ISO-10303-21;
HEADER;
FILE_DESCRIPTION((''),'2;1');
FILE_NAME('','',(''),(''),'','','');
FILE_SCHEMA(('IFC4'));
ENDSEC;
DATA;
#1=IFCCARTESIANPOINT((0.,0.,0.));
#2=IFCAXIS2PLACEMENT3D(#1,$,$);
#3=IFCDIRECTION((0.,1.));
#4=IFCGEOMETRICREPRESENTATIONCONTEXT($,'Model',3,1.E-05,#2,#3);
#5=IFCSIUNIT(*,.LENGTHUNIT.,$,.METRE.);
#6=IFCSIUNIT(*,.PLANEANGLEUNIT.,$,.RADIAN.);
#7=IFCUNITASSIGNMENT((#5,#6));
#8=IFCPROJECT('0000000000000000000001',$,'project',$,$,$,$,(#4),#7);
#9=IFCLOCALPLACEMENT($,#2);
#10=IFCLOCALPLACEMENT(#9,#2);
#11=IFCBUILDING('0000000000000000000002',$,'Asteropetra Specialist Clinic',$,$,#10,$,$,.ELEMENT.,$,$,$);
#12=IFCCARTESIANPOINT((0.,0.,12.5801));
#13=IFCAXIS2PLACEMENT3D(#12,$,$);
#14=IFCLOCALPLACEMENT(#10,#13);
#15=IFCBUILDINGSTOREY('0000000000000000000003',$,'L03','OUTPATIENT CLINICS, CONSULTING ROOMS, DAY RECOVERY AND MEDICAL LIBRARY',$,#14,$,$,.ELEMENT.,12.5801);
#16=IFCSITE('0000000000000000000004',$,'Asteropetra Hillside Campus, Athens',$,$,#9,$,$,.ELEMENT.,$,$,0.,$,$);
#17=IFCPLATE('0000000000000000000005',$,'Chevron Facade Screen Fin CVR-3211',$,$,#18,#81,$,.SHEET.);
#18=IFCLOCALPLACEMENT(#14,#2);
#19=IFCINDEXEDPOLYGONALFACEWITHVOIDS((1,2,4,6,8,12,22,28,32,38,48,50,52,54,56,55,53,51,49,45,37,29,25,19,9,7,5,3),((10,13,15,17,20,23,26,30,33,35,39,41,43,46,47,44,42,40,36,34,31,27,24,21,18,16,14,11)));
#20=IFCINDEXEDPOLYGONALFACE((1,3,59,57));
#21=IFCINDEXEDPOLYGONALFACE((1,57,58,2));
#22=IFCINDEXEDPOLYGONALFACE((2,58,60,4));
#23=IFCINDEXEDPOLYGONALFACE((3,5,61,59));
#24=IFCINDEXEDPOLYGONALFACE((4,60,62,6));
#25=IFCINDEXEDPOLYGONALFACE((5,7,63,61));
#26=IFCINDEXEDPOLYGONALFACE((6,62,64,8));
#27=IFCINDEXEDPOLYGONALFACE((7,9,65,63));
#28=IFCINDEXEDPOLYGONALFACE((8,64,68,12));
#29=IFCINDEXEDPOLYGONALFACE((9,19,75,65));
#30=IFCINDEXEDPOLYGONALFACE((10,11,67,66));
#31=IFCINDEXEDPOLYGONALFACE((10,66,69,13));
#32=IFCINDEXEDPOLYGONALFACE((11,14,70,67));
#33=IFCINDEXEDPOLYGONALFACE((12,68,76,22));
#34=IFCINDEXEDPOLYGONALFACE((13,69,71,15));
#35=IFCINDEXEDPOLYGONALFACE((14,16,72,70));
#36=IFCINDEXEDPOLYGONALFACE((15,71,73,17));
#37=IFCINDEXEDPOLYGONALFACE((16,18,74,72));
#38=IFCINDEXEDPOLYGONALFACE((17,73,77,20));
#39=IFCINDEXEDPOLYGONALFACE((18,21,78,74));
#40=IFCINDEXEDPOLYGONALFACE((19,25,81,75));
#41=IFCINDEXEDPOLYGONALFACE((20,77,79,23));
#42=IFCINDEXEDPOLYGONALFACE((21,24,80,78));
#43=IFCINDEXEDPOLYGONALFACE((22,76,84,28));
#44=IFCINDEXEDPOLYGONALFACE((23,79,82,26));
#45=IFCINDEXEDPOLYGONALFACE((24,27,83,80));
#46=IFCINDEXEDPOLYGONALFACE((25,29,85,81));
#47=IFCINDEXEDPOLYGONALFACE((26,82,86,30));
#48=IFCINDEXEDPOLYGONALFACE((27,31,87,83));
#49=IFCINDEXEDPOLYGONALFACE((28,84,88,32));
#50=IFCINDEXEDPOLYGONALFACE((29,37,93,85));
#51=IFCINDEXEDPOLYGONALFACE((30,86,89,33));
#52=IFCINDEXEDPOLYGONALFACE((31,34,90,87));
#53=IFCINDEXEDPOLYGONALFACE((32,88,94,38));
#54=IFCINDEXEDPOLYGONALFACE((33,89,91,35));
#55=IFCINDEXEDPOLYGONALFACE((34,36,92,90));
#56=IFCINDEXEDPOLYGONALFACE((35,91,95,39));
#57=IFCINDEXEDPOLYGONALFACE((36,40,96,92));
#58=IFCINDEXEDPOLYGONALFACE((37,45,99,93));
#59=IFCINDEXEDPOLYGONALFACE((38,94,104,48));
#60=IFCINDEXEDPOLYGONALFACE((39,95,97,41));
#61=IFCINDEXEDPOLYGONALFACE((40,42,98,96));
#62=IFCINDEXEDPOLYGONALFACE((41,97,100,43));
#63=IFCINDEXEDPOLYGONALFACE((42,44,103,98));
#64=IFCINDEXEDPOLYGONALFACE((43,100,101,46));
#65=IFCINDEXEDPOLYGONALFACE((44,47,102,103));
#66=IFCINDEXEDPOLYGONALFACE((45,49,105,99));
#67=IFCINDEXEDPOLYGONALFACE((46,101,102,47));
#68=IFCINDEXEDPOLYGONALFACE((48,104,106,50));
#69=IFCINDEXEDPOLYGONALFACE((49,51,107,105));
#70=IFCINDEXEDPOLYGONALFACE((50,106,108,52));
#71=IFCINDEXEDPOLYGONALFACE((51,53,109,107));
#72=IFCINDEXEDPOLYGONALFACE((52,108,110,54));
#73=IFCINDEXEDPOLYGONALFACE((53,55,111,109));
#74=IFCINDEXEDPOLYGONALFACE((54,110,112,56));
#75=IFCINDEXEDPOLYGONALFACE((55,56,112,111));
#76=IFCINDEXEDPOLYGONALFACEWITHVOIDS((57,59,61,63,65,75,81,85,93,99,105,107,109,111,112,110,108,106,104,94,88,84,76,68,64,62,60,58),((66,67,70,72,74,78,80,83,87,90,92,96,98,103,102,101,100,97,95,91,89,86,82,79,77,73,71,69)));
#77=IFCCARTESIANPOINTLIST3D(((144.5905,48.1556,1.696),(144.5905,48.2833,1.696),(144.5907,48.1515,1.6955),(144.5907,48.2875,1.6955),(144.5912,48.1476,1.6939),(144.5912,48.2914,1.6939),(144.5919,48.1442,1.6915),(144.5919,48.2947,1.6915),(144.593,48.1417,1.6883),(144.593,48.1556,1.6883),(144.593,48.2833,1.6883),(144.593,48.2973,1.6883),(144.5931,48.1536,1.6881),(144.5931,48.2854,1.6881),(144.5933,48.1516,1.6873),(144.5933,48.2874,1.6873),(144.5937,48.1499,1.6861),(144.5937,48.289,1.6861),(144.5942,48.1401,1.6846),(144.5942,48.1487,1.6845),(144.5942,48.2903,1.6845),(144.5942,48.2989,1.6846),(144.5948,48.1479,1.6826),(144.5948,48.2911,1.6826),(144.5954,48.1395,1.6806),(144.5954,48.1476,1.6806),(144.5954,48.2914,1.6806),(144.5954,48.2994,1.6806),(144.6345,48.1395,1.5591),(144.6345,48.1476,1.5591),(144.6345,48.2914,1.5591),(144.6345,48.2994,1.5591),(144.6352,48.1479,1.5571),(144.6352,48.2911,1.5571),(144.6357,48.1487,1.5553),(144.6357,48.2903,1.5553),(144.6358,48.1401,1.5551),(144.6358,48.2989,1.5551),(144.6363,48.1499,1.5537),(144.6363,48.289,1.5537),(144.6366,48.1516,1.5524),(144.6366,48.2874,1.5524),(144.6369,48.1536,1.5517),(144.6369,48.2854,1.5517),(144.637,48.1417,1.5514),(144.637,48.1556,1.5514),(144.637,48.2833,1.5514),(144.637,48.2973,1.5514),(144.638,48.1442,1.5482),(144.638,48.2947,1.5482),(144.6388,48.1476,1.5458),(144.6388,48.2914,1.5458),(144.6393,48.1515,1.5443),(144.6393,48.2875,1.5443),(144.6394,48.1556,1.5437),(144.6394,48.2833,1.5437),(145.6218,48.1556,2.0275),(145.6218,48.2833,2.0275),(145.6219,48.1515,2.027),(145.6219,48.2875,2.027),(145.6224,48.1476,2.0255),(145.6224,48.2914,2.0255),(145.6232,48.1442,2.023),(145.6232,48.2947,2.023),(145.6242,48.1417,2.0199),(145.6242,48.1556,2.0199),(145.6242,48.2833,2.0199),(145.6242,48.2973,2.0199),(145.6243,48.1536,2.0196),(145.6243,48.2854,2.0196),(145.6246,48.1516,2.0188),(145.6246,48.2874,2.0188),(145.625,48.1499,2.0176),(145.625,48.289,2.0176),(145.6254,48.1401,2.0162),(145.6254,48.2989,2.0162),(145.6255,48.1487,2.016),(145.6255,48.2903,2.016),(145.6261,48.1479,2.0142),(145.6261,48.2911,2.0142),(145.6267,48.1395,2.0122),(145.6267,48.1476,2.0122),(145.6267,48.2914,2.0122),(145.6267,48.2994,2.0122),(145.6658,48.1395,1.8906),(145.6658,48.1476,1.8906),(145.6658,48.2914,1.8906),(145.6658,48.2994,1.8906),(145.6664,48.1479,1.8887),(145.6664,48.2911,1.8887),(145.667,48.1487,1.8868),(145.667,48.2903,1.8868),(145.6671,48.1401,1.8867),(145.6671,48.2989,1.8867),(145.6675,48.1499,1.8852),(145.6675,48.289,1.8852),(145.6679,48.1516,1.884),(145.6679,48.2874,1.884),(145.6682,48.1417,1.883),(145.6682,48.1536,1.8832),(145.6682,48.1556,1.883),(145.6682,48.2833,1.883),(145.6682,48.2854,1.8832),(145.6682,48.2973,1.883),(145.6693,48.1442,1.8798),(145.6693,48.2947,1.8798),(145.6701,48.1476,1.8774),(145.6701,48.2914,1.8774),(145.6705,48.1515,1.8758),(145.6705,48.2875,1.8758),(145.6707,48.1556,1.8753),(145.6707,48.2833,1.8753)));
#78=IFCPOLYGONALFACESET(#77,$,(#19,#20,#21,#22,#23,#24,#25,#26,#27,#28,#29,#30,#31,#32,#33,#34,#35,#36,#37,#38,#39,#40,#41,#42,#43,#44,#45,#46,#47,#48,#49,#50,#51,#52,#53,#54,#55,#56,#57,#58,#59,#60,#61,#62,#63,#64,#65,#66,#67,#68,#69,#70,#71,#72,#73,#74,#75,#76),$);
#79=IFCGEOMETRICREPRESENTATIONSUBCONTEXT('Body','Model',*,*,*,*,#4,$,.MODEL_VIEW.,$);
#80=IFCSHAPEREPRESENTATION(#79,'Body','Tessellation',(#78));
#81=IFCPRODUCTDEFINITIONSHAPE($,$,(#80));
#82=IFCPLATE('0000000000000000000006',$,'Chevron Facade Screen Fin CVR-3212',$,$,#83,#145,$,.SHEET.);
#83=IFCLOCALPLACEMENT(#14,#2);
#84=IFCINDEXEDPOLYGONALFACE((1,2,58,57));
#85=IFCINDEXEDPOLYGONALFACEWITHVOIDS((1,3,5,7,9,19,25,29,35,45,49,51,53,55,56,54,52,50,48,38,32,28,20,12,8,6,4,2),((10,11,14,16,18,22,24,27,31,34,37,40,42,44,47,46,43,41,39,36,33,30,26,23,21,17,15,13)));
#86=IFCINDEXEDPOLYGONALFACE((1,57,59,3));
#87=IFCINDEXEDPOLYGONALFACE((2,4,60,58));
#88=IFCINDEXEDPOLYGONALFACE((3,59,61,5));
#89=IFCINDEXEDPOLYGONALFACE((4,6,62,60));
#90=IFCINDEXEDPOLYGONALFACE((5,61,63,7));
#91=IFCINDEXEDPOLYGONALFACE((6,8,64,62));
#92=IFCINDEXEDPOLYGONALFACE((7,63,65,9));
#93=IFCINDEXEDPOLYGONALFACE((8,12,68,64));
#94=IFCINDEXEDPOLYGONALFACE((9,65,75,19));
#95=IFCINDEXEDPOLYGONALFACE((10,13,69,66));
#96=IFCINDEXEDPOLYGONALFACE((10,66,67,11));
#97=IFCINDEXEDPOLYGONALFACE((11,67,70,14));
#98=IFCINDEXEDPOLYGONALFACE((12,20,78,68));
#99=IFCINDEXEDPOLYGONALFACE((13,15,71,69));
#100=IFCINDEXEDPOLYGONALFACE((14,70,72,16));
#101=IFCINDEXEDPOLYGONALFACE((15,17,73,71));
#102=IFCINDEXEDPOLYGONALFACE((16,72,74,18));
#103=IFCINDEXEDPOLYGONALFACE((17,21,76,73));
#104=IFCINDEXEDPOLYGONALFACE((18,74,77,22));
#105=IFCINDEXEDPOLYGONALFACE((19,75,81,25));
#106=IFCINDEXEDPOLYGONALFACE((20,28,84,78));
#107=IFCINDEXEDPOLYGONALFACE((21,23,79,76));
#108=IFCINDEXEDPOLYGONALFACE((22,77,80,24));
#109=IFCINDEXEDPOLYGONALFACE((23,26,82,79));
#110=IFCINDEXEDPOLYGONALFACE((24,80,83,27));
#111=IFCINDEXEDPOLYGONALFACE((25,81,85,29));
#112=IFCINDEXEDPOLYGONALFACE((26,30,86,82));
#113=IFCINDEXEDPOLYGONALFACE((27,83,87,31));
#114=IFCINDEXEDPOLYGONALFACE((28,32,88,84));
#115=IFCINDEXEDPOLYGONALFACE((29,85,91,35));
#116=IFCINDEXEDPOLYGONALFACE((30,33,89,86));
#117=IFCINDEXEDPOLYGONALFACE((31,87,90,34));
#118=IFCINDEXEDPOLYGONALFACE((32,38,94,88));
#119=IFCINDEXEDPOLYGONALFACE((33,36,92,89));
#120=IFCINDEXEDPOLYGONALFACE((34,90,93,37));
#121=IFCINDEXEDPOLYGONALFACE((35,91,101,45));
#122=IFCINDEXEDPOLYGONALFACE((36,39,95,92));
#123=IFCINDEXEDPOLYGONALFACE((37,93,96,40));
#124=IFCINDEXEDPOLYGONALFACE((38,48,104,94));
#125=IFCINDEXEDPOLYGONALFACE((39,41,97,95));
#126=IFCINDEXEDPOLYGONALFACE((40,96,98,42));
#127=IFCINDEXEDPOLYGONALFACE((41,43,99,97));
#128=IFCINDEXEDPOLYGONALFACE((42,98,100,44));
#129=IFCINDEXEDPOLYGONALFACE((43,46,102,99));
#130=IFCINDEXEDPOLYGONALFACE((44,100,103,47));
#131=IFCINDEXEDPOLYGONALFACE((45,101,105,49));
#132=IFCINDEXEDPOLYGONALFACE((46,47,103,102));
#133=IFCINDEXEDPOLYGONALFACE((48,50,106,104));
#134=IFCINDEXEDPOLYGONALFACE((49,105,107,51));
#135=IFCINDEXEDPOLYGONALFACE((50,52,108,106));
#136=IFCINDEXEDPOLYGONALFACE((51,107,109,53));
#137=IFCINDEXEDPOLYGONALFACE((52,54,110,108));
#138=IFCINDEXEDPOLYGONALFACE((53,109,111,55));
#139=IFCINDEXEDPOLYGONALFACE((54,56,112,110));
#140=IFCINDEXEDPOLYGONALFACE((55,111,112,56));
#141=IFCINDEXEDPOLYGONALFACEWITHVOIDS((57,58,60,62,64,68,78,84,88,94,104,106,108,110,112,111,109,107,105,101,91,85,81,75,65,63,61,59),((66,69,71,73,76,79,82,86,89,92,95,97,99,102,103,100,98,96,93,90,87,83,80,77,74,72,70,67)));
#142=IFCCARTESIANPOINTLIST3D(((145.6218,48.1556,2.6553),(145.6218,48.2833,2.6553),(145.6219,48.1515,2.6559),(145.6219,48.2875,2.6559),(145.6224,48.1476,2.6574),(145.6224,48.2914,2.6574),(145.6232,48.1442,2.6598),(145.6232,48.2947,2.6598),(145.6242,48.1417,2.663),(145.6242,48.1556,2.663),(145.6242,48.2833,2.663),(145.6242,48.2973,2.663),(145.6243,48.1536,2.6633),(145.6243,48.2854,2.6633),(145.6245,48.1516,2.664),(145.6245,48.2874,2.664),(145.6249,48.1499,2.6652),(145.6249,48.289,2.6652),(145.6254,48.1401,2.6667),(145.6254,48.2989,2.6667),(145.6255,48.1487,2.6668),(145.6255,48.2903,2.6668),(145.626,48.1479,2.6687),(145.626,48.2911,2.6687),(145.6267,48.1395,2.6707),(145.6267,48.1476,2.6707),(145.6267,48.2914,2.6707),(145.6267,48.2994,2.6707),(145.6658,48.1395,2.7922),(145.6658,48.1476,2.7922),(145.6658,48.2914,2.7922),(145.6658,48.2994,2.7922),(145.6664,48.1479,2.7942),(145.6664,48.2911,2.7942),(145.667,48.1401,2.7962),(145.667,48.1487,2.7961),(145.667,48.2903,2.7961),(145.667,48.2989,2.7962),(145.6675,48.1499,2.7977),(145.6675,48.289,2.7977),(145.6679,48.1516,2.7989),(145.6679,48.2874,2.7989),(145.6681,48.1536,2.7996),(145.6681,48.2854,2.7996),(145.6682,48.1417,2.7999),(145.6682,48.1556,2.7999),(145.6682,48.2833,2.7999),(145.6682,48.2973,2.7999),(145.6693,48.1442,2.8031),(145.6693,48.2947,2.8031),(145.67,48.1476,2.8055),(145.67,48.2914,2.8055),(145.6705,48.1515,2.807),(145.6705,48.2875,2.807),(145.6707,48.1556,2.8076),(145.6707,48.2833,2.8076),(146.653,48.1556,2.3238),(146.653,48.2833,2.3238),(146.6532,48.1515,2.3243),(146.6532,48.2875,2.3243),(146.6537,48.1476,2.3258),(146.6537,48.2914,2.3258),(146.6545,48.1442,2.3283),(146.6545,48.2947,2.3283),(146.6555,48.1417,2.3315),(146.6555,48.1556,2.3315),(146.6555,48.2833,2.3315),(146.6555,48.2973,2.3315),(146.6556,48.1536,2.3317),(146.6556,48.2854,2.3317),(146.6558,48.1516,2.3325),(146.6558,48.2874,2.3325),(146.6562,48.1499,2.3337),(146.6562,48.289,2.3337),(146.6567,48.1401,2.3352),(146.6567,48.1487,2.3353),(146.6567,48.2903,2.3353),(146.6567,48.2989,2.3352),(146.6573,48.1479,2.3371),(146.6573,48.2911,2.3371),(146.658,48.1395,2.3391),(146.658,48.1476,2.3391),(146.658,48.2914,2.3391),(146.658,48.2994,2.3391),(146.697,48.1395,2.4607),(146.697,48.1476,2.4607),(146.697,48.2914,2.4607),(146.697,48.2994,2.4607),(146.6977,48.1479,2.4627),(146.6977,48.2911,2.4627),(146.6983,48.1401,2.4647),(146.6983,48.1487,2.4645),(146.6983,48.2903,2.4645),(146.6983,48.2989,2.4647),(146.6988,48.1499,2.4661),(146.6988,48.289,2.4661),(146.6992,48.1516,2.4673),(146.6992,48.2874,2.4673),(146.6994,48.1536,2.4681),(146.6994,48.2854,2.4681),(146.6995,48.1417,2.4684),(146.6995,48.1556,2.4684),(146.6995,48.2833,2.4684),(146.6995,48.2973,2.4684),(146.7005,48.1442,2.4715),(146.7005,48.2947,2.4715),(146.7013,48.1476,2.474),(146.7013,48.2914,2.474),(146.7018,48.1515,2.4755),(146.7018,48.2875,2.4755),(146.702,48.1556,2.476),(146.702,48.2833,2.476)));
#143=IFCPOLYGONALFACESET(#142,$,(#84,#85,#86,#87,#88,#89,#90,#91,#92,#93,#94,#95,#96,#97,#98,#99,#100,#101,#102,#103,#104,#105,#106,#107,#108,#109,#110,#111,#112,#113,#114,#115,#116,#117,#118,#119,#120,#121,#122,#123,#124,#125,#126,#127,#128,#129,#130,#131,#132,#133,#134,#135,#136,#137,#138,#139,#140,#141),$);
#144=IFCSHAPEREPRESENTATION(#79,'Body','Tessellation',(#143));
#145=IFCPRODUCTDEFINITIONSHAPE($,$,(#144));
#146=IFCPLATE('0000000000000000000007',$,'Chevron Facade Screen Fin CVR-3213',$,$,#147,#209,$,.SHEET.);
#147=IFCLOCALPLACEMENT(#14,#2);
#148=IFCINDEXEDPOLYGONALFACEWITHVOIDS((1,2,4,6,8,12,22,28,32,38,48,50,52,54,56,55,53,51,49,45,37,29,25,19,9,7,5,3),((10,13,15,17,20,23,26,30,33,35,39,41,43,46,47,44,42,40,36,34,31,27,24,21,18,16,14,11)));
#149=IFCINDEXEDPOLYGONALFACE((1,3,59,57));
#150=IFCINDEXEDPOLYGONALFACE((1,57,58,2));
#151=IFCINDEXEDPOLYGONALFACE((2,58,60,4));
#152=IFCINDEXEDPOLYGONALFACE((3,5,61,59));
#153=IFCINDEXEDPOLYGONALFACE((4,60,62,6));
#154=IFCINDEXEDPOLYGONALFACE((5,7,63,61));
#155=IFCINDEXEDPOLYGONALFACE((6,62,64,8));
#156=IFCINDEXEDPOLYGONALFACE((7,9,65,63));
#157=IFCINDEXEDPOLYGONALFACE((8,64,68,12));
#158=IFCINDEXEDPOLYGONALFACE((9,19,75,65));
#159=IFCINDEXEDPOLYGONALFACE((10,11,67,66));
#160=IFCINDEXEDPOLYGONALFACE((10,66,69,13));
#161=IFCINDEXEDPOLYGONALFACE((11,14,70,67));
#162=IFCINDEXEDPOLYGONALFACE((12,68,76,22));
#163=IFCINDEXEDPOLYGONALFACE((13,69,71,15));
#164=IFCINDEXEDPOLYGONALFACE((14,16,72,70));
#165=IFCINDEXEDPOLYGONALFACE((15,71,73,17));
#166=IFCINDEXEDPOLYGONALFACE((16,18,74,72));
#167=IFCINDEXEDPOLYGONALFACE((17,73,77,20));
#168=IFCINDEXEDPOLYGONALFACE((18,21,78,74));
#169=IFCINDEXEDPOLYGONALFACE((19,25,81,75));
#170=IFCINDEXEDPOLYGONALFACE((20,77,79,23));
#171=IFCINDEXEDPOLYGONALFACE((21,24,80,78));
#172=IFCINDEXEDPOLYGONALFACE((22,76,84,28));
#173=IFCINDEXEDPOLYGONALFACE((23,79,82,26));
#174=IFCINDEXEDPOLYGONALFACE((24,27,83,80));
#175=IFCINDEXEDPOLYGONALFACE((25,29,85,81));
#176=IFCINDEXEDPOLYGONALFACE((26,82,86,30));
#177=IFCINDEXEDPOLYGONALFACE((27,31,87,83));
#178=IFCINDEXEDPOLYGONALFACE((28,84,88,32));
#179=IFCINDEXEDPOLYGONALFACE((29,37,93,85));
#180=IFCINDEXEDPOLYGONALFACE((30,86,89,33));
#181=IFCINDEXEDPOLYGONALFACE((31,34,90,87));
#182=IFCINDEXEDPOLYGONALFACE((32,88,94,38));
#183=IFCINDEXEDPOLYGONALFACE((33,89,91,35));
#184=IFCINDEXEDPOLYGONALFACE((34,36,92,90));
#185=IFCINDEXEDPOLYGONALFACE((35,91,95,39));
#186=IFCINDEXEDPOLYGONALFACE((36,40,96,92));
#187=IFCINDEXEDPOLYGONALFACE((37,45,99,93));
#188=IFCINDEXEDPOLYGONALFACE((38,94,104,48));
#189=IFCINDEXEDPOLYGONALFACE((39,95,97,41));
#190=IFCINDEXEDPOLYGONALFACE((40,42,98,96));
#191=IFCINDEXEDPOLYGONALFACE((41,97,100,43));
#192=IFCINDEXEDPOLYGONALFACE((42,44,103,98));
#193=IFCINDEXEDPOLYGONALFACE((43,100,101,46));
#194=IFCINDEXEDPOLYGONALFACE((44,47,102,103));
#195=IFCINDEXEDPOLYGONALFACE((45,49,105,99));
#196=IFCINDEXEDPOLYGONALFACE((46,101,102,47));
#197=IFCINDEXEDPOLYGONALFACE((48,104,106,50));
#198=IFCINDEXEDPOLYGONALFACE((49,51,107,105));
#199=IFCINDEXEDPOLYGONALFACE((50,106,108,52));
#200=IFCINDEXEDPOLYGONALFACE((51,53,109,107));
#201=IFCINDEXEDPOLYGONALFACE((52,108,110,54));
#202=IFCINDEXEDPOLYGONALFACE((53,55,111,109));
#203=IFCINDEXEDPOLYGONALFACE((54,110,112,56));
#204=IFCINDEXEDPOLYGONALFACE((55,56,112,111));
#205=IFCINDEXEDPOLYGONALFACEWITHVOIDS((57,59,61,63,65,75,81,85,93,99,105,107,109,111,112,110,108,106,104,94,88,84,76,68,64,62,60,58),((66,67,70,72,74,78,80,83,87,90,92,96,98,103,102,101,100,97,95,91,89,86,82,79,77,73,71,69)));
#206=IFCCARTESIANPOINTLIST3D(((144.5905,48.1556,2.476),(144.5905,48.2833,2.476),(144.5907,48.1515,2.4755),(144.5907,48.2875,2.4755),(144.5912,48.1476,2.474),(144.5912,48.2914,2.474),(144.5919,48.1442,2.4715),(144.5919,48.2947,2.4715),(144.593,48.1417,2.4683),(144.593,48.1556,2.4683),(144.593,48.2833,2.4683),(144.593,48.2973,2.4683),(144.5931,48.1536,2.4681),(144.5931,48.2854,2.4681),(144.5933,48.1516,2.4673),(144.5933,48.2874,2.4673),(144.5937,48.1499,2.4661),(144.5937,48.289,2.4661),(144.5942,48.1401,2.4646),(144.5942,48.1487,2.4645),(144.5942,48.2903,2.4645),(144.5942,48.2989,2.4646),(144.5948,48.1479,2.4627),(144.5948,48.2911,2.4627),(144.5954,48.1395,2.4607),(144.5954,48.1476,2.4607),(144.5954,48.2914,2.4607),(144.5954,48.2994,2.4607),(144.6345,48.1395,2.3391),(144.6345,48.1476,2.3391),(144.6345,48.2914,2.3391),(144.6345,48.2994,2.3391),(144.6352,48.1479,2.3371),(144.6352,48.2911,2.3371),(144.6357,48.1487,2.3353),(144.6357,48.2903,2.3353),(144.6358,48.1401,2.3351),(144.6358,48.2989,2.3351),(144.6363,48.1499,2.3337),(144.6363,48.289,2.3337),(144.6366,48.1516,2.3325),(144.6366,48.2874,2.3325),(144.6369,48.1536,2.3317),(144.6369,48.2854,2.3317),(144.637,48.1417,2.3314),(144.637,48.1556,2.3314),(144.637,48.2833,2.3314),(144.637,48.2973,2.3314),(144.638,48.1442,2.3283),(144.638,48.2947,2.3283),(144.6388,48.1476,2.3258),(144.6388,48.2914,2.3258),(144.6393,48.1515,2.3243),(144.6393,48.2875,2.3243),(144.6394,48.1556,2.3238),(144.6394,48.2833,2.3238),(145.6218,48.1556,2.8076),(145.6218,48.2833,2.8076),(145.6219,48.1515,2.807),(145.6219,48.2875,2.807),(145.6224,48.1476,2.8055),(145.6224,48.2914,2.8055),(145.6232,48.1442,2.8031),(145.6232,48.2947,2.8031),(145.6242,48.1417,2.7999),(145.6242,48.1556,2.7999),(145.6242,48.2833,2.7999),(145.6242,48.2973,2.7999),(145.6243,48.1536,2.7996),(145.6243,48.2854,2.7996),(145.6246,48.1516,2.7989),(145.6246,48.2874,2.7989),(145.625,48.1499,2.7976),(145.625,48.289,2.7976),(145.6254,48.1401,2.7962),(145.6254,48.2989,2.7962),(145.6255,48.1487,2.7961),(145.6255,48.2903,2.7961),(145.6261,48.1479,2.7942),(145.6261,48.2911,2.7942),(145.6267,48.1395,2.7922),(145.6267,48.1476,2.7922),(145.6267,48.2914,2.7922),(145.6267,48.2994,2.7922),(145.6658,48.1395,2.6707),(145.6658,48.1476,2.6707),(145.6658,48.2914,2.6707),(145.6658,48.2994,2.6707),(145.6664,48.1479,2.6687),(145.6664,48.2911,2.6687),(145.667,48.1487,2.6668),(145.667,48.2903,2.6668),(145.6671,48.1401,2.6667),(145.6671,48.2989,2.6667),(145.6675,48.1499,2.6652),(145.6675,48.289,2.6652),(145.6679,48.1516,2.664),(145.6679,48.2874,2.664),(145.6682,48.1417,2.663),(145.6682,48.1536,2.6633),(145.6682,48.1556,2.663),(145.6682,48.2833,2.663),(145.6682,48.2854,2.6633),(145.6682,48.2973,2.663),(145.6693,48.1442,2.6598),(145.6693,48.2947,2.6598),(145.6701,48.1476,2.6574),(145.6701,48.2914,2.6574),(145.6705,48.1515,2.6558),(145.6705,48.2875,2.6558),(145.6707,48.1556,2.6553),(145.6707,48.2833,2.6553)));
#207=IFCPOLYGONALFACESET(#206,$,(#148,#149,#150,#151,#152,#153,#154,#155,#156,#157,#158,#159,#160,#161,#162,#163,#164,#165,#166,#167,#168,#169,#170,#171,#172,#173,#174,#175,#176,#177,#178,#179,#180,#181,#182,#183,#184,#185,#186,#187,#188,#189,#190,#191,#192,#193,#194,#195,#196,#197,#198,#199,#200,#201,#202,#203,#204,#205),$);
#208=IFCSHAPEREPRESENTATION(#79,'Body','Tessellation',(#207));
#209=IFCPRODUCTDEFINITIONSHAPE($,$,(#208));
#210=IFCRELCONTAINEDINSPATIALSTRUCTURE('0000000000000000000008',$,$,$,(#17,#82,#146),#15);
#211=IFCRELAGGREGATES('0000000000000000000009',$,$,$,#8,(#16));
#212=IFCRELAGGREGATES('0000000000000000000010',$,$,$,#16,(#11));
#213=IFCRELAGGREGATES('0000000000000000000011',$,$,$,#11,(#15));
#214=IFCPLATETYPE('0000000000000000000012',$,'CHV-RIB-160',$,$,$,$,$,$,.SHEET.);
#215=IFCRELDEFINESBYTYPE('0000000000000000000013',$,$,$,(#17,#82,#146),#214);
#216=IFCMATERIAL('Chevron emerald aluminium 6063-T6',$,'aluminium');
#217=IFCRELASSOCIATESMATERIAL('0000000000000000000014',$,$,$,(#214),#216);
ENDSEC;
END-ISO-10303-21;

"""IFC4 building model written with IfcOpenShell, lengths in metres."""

from ifc_helpers import new_model, si_unit, direction, frame, origin, origin_2d, place, context, subcontext, project, spatial, hollow_rectangle, extrude, material, material_profile, profile_set, type_object, element, save


model = new_model("IFC4")

# Units and contexts
model_context = context("Model", 3, precision=1e-05, world=origin(), true_north=direction((0.0, 1.0)))
body_context = subcontext(model_context, "Body", "Model", "MODEL_VIEW")
ifc_project = project(units=[si_unit("LENGTHUNIT", "METRE"), si_unit("PLANEANGLEUNIT", "RADIAN")], contexts=[model_context])

# Site, building, storey
site_placement = place(None, origin())
site = spatial("IfcSite", under=ifc_project, at=site_placement, Name="Asteropetra Hillside Campus, Athens", CompositionType="ELEMENT", RefElevation=0.0)
building_placement = place(site_placement, origin())
building = spatial("IfcBuilding", under=site, at=building_placement, Name="Asteropetra Specialist Clinic", CompositionType="ELEMENT")
storey_placement = place(building_placement, frame((0.0, 0.0, 12.5801)))
storey = spatial("IfcBuildingStorey", under=building, at=storey_placement, Name="L03", Description="OUTPATIENT CLINICS, CONSULTING ROOMS, DAY RECOVERY AND MEDICAL LIBRARY", CompositionType="ELEMENT", Elevation=12.5801)

# Plates
ifc_material_1 = material(Name="Chevron emerald aluminium 6063-T6", Category="aluminium")
ifc_material_profile = material_profile(ifc_material_1, hollow_rectangle(XDim=0.1599, YDim=0.1599, WallThickness=0.0081, InnerFilletRadius=0.0081, OuterFilletRadius=0.0161, at=origin_2d()), Name="SHS 160x160x8.0")
ifc_profile_set = profile_set([ifc_material_profile], Name="Chevron emerald aluminium 6063-T6")
plate_type_1 = type_object("IfcPlateType", Name="CHV-RIB-160", PredefinedType="SHEET", material=ifc_profile_set)
for number, where, z_axis, x_axis, name in (
    (1, (145.6462, 48.2195, 1.9514), (-0.95201, 0.0, -0.306068), (0.0, -1.0, 0.0), "Chevron Facade Screen Fin CVR-3211"),
    (2, (146.6775, 48.2195, 2.3999), (-0.95201, 0.0, 0.306068), (0.0, -1.0, 0.0), "Chevron Facade Screen Fin CVR-3212"),
    (3, (145.6462, 48.2195, 2.7314), (-0.95201, 0.0, -0.306068), (0.0, -1.0, 0.0), "Chevron Facade Screen Fin CVR-3213"),
):
    element("IfcPlate", number, at=place(storey_placement, frame(where, z_axis=z_axis, x_axis=x_axis)), inside=storey, type_object=plate_type_1, Name=name, PredefinedType="SHEET", context=body_context, shape_type="SweptSolid", body=[
        extrude(hollow_rectangle(XDim=0.1599, YDim=0.1599, WallThickness=0.0081, InnerFilletRadius=0.0081, OuterFilletRadius=0.0161, at=origin_2d()), origin(), (0.0, 0.0, 1.0), 1.0833),
    ])

save(model, "model.ifc")
